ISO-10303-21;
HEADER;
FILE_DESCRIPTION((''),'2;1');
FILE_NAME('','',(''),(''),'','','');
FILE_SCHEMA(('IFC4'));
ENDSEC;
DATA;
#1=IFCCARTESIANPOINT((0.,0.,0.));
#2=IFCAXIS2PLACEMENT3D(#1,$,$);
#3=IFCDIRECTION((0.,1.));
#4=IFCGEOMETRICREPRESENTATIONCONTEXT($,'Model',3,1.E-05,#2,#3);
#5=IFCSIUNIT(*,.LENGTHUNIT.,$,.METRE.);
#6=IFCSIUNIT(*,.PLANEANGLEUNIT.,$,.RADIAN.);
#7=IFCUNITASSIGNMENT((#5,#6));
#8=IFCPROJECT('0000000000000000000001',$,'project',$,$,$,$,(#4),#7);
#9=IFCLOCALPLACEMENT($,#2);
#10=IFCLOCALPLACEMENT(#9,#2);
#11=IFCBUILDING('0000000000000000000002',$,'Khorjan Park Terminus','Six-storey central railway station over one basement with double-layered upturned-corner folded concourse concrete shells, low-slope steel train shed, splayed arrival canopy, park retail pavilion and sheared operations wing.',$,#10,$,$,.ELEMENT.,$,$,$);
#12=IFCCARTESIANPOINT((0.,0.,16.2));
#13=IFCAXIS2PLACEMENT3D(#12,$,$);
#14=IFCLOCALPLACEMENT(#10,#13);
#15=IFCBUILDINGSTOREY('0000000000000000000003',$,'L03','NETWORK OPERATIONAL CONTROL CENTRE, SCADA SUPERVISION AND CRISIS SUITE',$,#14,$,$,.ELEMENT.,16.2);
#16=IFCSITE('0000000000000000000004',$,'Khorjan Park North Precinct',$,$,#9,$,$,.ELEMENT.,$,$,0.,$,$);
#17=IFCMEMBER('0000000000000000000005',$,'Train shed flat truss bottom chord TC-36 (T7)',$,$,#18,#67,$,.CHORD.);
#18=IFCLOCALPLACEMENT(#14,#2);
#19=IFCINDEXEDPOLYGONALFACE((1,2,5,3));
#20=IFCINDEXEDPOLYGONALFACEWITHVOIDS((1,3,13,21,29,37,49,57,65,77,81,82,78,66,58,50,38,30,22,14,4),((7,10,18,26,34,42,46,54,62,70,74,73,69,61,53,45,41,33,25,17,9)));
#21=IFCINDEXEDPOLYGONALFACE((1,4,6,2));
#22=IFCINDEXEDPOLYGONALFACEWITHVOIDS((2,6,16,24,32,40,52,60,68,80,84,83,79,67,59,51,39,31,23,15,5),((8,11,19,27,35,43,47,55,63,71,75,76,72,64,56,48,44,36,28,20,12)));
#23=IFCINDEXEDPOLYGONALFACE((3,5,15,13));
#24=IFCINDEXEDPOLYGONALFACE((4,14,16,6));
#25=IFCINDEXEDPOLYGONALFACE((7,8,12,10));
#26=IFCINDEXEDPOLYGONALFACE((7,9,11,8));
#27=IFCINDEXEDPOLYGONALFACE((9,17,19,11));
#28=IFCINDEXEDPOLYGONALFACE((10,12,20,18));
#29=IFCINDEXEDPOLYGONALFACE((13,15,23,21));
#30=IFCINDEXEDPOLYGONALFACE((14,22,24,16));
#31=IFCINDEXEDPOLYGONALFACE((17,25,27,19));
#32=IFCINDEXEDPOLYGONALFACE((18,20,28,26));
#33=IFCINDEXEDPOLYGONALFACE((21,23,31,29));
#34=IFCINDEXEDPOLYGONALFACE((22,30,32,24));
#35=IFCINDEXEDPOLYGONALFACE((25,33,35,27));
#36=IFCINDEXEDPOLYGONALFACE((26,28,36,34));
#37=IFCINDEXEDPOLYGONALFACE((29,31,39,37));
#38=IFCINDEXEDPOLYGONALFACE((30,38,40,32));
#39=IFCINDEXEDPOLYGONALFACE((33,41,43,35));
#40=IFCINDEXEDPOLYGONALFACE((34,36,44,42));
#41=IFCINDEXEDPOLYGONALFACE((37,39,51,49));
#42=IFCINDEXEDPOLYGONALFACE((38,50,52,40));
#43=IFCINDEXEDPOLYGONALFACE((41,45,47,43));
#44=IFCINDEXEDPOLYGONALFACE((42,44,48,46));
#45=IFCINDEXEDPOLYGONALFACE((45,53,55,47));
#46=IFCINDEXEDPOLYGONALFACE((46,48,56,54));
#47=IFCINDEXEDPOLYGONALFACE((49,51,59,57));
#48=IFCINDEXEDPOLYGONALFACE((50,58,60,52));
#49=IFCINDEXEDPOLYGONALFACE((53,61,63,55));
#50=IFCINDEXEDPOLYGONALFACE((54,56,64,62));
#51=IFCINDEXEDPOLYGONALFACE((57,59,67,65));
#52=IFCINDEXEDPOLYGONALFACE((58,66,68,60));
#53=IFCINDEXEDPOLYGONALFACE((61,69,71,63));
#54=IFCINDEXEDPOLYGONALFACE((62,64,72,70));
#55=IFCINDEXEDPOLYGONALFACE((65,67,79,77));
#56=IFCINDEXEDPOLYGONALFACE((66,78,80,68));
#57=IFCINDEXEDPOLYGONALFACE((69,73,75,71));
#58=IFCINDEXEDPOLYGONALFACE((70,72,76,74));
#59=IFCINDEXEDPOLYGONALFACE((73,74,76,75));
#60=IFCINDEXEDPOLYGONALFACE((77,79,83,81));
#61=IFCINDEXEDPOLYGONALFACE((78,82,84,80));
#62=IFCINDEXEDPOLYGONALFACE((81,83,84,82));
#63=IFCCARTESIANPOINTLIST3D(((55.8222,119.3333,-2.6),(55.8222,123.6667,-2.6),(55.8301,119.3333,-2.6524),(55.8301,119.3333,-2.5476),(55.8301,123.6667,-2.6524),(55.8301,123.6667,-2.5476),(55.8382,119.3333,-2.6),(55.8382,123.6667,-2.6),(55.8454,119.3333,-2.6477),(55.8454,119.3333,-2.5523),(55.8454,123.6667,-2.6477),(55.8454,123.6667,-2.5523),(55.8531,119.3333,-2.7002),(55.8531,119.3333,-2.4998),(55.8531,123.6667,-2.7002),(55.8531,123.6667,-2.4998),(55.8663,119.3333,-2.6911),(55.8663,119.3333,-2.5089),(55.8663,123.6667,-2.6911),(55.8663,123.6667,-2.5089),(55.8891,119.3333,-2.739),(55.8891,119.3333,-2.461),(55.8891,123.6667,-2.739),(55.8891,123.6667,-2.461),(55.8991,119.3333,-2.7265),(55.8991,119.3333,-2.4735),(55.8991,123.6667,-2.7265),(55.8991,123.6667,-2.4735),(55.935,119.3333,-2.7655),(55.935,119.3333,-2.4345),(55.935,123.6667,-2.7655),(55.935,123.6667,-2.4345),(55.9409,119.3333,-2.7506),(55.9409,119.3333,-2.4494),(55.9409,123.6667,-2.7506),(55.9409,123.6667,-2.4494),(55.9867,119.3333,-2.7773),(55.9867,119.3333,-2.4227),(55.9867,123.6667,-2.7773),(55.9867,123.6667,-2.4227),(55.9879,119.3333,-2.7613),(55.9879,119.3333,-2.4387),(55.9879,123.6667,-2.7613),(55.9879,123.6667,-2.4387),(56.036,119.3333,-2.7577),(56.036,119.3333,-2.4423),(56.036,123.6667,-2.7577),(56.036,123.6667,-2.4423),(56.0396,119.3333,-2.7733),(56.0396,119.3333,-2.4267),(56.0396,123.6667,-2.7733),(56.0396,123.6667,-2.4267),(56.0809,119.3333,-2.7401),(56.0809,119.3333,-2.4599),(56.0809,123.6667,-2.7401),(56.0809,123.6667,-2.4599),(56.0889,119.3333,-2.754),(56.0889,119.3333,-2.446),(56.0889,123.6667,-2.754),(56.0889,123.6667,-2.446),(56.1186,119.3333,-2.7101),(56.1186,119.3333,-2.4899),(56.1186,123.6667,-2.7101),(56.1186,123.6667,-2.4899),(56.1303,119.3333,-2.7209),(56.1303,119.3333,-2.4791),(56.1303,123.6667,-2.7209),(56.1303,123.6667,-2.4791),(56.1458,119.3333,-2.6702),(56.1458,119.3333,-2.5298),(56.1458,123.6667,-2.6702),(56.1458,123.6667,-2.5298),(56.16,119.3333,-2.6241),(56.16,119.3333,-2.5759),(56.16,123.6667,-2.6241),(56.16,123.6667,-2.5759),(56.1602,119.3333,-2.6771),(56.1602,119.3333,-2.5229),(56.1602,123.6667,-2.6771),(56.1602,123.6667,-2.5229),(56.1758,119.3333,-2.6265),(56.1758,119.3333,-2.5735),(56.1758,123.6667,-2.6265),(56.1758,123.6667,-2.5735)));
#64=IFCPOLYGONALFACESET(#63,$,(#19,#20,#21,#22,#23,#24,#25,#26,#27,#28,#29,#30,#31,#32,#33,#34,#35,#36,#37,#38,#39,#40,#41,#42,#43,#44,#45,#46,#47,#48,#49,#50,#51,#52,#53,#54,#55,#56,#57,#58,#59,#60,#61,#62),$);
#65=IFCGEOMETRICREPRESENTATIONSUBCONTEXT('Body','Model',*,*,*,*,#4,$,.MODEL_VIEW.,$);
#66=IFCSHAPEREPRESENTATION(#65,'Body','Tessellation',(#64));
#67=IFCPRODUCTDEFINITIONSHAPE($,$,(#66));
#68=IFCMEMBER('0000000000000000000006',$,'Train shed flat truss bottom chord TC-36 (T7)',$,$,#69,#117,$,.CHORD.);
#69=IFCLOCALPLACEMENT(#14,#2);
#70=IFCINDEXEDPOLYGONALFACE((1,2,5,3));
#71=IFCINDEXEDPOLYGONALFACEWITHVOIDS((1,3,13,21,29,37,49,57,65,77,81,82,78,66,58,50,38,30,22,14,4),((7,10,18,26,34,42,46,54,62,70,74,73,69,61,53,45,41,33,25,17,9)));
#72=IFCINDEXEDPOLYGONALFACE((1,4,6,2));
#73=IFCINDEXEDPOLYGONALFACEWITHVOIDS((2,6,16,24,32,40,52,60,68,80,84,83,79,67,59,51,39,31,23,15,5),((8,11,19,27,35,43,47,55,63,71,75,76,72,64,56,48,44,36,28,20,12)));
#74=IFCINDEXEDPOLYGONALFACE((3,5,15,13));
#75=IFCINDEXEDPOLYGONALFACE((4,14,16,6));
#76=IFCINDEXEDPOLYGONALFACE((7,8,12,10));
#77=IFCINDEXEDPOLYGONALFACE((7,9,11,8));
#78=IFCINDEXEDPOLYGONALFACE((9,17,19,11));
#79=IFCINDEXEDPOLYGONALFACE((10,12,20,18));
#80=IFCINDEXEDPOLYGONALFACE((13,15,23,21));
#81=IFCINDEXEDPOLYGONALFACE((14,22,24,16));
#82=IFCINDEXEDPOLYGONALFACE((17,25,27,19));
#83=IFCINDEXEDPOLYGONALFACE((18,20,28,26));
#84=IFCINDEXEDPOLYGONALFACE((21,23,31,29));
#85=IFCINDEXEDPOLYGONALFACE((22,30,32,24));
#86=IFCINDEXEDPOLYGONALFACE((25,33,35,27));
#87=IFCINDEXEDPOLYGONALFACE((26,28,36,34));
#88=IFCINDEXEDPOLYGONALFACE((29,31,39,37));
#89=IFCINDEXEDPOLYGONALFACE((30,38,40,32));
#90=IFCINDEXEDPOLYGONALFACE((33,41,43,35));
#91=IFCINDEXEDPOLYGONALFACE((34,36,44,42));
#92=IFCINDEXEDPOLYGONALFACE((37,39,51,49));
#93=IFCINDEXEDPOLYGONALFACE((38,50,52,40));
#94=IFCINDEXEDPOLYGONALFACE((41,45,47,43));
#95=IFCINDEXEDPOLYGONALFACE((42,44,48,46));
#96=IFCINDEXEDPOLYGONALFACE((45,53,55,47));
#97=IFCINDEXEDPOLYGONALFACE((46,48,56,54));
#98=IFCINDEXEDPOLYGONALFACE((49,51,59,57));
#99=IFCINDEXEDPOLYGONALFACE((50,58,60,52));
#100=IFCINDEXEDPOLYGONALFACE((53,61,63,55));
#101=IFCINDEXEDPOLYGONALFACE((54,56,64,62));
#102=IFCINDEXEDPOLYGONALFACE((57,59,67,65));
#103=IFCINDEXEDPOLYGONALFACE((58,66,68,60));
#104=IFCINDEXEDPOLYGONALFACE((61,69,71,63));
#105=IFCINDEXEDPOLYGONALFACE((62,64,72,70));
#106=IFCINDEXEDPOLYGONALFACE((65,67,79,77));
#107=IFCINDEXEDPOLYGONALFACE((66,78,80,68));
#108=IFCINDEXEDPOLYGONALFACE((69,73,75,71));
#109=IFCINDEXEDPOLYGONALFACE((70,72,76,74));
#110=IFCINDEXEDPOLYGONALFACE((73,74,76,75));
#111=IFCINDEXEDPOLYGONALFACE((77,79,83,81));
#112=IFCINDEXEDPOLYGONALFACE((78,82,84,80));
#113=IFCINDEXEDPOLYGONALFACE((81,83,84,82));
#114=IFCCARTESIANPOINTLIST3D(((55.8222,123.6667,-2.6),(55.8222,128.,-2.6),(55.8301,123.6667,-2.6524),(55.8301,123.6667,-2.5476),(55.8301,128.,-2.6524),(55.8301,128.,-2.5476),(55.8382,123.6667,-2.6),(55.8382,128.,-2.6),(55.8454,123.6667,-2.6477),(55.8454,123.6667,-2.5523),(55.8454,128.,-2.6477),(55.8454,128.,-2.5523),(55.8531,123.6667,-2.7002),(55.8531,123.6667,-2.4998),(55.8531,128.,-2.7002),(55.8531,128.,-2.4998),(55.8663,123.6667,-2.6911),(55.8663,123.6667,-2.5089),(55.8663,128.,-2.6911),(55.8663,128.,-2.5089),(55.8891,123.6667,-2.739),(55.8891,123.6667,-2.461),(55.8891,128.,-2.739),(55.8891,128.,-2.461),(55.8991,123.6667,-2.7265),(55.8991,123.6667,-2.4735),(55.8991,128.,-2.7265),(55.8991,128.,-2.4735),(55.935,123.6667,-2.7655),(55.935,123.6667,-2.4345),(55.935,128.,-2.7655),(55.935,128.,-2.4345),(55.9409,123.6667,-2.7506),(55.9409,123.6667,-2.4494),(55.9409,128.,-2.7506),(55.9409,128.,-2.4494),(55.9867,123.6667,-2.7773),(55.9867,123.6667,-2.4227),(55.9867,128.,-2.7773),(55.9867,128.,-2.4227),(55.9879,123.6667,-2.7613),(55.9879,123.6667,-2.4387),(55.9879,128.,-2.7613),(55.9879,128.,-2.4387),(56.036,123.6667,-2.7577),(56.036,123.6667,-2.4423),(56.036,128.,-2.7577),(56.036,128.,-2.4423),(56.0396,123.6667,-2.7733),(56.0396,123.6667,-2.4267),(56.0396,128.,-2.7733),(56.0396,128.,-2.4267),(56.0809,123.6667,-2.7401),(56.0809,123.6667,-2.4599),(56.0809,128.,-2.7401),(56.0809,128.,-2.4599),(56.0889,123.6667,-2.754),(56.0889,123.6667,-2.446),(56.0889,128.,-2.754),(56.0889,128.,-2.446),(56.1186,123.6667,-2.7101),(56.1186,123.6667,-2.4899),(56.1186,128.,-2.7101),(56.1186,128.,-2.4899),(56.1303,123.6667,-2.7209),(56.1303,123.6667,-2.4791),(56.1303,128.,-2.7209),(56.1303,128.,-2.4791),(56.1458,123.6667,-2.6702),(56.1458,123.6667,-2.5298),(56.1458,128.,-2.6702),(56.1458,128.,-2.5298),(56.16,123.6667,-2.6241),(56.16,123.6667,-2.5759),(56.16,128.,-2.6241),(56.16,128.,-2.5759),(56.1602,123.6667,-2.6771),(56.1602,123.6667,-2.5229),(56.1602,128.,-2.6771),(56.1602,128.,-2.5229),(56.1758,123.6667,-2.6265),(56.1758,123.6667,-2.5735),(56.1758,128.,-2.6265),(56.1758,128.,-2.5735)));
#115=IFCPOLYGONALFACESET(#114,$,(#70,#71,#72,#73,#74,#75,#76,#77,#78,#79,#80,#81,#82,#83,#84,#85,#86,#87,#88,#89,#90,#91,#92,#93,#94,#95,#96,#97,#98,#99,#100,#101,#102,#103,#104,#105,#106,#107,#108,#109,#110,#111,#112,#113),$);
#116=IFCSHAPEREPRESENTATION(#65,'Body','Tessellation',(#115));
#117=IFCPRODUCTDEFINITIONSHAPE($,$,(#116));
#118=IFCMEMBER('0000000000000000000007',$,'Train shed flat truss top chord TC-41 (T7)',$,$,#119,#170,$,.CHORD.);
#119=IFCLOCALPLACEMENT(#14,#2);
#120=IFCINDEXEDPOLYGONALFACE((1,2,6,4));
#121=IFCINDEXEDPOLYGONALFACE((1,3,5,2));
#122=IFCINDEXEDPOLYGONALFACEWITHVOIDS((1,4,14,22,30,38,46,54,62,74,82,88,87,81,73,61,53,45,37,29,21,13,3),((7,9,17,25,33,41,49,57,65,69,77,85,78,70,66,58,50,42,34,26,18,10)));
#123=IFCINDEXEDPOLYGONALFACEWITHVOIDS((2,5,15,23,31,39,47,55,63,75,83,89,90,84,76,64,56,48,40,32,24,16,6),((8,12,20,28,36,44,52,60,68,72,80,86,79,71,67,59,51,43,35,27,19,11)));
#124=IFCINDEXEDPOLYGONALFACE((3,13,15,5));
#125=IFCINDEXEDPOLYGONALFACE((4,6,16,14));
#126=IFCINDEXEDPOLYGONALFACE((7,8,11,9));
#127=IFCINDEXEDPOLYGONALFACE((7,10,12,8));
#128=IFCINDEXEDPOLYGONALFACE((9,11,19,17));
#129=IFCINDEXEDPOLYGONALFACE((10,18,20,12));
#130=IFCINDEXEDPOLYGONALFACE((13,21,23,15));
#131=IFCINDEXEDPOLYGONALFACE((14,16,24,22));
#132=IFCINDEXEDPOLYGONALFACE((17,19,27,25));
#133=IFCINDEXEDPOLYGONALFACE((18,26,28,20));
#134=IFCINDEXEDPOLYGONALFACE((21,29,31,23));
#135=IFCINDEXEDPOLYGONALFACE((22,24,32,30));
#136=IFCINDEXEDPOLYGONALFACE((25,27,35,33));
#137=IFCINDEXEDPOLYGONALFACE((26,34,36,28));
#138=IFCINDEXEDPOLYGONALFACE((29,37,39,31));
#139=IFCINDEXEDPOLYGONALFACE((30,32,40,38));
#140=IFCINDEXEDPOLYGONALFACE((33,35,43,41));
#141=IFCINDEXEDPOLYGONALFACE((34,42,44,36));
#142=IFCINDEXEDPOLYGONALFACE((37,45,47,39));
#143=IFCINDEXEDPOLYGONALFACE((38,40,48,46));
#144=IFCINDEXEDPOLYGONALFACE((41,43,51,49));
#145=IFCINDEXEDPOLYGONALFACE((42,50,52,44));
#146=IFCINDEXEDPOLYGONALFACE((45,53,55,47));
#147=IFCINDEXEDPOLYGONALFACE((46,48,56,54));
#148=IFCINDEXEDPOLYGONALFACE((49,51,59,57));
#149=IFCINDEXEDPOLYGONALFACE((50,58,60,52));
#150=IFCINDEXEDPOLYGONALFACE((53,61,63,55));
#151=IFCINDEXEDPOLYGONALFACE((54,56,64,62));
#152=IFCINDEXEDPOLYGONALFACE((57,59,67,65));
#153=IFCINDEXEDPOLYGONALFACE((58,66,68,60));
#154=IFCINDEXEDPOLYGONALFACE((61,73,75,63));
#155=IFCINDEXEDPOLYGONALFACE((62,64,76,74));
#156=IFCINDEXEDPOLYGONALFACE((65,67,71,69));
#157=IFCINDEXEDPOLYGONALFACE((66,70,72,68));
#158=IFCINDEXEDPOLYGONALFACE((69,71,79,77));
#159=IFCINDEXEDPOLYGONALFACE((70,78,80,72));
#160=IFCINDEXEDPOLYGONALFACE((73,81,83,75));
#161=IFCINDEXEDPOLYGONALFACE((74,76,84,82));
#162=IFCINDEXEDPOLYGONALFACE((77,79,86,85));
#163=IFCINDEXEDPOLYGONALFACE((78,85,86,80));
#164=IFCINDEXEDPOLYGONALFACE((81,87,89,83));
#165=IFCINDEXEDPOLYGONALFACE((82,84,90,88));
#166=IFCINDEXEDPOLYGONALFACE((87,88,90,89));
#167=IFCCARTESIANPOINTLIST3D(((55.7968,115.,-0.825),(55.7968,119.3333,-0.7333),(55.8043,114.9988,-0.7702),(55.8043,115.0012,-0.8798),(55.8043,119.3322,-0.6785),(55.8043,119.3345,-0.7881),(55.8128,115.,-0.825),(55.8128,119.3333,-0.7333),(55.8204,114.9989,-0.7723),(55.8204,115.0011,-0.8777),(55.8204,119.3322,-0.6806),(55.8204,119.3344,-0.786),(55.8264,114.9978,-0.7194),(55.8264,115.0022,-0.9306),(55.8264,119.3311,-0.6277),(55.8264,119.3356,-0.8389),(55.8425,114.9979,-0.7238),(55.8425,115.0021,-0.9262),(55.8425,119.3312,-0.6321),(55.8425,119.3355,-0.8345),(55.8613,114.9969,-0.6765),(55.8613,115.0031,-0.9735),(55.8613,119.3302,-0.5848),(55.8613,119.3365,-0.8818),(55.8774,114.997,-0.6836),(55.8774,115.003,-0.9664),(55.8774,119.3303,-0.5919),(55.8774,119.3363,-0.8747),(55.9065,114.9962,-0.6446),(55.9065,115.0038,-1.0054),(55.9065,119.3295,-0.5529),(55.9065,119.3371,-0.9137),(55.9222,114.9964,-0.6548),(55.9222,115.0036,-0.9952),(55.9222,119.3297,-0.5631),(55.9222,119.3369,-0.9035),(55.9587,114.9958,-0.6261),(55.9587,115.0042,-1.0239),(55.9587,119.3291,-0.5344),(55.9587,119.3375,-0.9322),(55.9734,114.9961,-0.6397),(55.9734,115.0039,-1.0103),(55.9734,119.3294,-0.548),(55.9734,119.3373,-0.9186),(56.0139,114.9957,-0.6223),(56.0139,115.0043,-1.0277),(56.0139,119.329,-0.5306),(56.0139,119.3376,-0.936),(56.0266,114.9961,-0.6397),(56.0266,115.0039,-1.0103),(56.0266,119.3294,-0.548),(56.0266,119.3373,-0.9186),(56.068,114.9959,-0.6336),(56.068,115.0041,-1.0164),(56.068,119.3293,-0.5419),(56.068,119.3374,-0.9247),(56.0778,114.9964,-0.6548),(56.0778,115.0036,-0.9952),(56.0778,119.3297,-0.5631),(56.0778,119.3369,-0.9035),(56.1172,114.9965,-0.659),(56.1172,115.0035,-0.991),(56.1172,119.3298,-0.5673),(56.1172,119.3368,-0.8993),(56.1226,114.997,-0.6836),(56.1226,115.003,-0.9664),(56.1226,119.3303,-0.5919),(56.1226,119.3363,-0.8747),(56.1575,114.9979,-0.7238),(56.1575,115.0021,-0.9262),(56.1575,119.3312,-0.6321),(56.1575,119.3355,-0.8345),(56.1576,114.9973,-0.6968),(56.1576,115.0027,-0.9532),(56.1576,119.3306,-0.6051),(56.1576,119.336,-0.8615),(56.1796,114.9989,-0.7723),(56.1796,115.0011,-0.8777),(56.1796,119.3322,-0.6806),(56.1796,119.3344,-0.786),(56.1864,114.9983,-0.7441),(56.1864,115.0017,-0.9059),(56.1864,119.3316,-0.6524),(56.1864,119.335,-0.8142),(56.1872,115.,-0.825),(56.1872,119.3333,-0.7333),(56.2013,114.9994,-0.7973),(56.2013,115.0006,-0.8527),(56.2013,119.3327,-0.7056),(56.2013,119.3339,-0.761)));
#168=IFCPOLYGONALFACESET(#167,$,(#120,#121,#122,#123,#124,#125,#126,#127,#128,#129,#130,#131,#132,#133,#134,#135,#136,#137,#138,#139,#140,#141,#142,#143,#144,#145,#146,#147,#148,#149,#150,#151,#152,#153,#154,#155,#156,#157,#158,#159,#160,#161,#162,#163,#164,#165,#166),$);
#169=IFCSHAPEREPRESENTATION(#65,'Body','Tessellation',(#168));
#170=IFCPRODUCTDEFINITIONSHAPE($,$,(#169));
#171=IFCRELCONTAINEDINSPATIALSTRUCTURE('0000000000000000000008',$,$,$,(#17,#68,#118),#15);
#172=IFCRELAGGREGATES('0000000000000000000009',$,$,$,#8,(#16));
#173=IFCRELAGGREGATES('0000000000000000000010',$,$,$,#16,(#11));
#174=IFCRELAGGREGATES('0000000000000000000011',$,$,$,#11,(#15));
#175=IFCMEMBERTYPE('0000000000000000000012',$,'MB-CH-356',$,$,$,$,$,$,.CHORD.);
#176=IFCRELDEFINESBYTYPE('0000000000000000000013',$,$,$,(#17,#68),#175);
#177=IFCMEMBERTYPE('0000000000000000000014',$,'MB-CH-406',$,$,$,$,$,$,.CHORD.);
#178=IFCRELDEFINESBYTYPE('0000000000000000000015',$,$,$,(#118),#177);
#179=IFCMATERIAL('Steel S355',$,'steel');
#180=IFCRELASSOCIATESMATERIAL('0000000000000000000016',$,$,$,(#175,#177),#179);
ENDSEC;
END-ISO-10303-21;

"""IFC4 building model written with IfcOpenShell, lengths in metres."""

from ifc_helpers import new_model, si_unit, direction, frame, origin, origin_2d, place, context, subcontext, project, spatial, hollow_circle, extrude, material, material_profile, profile_set, type_object, element, save


model = new_model("IFC4")

# Units and contexts
model_context = context("Model", 3, precision=1e-05, world=origin(), true_north=direction((0.0, 1.0)))
body_context = subcontext(model_context, "Body", "Model", "MODEL_VIEW")
ifc_project = project(units=[si_unit("LENGTHUNIT", "METRE"), si_unit("PLANEANGLEUNIT", "RADIAN")], contexts=[model_context])

# Site, building, storey
site_placement = place(None, origin())
site = spatial("IfcSite", under=ifc_project, at=site_placement, Name="Khorjan Park North Precinct", CompositionType="ELEMENT", RefElevation=0.0)
building_placement = place(site_placement, origin())
building = spatial("IfcBuilding", under=site, at=building_placement, Name="Khorjan Park Terminus", Description="Six-storey central railway station over one basement with double-layered upturned-corner folded concourse concrete shells, low-slope steel train shed, splayed arrival canopy, park retail pavilion and sheared operations wing.", CompositionType="ELEMENT")
storey_placement = place(building_placement, frame((0.0, 0.0, 16.2)))
storey = spatial("IfcBuildingStorey", under=building, at=storey_placement, Name="L03", Description="NETWORK OPERATIONAL CONTROL CENTRE, SCADA SUPERVISION AND CRISIS SUITE", CompositionType="ELEMENT", Elevation=16.2)

# Members
ifc_material = material(Name="Steel S355", Category="steel")
ifc_material_profile_1 = material_profile(ifc_material, hollow_circle(Radius=0.1778, WallThickness=0.016, at=origin_2d()), Name="CHS 355.6x16")
ifc_profile_set_1 = profile_set([ifc_material_profile_1], Name="Steel S355")
member_type_1 = type_object("IfcMemberType", Name="MB-CH-356", PredefinedType="CHORD", material=ifc_profile_set_1)
member_1_placement = place(storey_placement, frame((56.0, 119.3333, -2.6), z_axis=(0.0, 1.0, 0.0), x_axis=(-1.0, 0.0, 0.0)))
element("IfcMember", 1, at=member_1_placement, inside=storey, type_object=member_type_1, Name="Train shed flat truss bottom chord TC-36 (T7)", PredefinedType="CHORD", context=body_context, shape_type="SweptSolid", body=[
    extrude(hollow_circle(Radius=0.1778, WallThickness=0.016, at=origin_2d()), origin(), (0.0, 0.0, 1.0), 4.3334),
])
member_2_placement = place(storey_placement, frame((56.0, 123.6667, -2.6), z_axis=(0.0, 1.0, 0.0), x_axis=(-1.0, 0.0, 0.0)))
element("IfcMember", 2, at=member_2_placement, inside=storey, type_object=member_type_1, Name="Train shed flat truss bottom chord TC-36 (T7)", PredefinedType="CHORD", context=body_context, shape_type="SweptSolid", body=[
    extrude(hollow_circle(Radius=0.1778, WallThickness=0.016, at=origin_2d()), origin(), (0.0, 0.0, 1.0), 4.3333),
])
ifc_material_profile_2 = material_profile(ifc_material, hollow_circle(Radius=0.2032, WallThickness=0.016, at=origin_2d()), Name="CHS 406.4x16")
ifc_profile_set_2 = profile_set([ifc_material_profile_2], Name="Steel S355")
member_type_2 = type_object("IfcMemberType", Name="MB-CH-406", PredefinedType="CHORD", material=ifc_profile_set_2)
member_3_placement = place(storey_placement, frame((56.0, 115.0, -0.825), z_axis=(0.0, 0.999776, 0.021157), x_axis=(-1.0, 0.0, 0.0)))
element("IfcMember", 3, at=member_3_placement, inside=storey, type_object=member_type_2, Name="Train shed flat truss top chord TC-41 (T7)", PredefinedType="CHORD", context=body_context, shape_type="SweptSolid", body=[
    extrude(hollow_circle(Radius=0.2032, WallThickness=0.016, at=origin_2d()), origin(), (0.0, 0.0, 1.0), 4.3343),
])

save(model, "model.ifc")
